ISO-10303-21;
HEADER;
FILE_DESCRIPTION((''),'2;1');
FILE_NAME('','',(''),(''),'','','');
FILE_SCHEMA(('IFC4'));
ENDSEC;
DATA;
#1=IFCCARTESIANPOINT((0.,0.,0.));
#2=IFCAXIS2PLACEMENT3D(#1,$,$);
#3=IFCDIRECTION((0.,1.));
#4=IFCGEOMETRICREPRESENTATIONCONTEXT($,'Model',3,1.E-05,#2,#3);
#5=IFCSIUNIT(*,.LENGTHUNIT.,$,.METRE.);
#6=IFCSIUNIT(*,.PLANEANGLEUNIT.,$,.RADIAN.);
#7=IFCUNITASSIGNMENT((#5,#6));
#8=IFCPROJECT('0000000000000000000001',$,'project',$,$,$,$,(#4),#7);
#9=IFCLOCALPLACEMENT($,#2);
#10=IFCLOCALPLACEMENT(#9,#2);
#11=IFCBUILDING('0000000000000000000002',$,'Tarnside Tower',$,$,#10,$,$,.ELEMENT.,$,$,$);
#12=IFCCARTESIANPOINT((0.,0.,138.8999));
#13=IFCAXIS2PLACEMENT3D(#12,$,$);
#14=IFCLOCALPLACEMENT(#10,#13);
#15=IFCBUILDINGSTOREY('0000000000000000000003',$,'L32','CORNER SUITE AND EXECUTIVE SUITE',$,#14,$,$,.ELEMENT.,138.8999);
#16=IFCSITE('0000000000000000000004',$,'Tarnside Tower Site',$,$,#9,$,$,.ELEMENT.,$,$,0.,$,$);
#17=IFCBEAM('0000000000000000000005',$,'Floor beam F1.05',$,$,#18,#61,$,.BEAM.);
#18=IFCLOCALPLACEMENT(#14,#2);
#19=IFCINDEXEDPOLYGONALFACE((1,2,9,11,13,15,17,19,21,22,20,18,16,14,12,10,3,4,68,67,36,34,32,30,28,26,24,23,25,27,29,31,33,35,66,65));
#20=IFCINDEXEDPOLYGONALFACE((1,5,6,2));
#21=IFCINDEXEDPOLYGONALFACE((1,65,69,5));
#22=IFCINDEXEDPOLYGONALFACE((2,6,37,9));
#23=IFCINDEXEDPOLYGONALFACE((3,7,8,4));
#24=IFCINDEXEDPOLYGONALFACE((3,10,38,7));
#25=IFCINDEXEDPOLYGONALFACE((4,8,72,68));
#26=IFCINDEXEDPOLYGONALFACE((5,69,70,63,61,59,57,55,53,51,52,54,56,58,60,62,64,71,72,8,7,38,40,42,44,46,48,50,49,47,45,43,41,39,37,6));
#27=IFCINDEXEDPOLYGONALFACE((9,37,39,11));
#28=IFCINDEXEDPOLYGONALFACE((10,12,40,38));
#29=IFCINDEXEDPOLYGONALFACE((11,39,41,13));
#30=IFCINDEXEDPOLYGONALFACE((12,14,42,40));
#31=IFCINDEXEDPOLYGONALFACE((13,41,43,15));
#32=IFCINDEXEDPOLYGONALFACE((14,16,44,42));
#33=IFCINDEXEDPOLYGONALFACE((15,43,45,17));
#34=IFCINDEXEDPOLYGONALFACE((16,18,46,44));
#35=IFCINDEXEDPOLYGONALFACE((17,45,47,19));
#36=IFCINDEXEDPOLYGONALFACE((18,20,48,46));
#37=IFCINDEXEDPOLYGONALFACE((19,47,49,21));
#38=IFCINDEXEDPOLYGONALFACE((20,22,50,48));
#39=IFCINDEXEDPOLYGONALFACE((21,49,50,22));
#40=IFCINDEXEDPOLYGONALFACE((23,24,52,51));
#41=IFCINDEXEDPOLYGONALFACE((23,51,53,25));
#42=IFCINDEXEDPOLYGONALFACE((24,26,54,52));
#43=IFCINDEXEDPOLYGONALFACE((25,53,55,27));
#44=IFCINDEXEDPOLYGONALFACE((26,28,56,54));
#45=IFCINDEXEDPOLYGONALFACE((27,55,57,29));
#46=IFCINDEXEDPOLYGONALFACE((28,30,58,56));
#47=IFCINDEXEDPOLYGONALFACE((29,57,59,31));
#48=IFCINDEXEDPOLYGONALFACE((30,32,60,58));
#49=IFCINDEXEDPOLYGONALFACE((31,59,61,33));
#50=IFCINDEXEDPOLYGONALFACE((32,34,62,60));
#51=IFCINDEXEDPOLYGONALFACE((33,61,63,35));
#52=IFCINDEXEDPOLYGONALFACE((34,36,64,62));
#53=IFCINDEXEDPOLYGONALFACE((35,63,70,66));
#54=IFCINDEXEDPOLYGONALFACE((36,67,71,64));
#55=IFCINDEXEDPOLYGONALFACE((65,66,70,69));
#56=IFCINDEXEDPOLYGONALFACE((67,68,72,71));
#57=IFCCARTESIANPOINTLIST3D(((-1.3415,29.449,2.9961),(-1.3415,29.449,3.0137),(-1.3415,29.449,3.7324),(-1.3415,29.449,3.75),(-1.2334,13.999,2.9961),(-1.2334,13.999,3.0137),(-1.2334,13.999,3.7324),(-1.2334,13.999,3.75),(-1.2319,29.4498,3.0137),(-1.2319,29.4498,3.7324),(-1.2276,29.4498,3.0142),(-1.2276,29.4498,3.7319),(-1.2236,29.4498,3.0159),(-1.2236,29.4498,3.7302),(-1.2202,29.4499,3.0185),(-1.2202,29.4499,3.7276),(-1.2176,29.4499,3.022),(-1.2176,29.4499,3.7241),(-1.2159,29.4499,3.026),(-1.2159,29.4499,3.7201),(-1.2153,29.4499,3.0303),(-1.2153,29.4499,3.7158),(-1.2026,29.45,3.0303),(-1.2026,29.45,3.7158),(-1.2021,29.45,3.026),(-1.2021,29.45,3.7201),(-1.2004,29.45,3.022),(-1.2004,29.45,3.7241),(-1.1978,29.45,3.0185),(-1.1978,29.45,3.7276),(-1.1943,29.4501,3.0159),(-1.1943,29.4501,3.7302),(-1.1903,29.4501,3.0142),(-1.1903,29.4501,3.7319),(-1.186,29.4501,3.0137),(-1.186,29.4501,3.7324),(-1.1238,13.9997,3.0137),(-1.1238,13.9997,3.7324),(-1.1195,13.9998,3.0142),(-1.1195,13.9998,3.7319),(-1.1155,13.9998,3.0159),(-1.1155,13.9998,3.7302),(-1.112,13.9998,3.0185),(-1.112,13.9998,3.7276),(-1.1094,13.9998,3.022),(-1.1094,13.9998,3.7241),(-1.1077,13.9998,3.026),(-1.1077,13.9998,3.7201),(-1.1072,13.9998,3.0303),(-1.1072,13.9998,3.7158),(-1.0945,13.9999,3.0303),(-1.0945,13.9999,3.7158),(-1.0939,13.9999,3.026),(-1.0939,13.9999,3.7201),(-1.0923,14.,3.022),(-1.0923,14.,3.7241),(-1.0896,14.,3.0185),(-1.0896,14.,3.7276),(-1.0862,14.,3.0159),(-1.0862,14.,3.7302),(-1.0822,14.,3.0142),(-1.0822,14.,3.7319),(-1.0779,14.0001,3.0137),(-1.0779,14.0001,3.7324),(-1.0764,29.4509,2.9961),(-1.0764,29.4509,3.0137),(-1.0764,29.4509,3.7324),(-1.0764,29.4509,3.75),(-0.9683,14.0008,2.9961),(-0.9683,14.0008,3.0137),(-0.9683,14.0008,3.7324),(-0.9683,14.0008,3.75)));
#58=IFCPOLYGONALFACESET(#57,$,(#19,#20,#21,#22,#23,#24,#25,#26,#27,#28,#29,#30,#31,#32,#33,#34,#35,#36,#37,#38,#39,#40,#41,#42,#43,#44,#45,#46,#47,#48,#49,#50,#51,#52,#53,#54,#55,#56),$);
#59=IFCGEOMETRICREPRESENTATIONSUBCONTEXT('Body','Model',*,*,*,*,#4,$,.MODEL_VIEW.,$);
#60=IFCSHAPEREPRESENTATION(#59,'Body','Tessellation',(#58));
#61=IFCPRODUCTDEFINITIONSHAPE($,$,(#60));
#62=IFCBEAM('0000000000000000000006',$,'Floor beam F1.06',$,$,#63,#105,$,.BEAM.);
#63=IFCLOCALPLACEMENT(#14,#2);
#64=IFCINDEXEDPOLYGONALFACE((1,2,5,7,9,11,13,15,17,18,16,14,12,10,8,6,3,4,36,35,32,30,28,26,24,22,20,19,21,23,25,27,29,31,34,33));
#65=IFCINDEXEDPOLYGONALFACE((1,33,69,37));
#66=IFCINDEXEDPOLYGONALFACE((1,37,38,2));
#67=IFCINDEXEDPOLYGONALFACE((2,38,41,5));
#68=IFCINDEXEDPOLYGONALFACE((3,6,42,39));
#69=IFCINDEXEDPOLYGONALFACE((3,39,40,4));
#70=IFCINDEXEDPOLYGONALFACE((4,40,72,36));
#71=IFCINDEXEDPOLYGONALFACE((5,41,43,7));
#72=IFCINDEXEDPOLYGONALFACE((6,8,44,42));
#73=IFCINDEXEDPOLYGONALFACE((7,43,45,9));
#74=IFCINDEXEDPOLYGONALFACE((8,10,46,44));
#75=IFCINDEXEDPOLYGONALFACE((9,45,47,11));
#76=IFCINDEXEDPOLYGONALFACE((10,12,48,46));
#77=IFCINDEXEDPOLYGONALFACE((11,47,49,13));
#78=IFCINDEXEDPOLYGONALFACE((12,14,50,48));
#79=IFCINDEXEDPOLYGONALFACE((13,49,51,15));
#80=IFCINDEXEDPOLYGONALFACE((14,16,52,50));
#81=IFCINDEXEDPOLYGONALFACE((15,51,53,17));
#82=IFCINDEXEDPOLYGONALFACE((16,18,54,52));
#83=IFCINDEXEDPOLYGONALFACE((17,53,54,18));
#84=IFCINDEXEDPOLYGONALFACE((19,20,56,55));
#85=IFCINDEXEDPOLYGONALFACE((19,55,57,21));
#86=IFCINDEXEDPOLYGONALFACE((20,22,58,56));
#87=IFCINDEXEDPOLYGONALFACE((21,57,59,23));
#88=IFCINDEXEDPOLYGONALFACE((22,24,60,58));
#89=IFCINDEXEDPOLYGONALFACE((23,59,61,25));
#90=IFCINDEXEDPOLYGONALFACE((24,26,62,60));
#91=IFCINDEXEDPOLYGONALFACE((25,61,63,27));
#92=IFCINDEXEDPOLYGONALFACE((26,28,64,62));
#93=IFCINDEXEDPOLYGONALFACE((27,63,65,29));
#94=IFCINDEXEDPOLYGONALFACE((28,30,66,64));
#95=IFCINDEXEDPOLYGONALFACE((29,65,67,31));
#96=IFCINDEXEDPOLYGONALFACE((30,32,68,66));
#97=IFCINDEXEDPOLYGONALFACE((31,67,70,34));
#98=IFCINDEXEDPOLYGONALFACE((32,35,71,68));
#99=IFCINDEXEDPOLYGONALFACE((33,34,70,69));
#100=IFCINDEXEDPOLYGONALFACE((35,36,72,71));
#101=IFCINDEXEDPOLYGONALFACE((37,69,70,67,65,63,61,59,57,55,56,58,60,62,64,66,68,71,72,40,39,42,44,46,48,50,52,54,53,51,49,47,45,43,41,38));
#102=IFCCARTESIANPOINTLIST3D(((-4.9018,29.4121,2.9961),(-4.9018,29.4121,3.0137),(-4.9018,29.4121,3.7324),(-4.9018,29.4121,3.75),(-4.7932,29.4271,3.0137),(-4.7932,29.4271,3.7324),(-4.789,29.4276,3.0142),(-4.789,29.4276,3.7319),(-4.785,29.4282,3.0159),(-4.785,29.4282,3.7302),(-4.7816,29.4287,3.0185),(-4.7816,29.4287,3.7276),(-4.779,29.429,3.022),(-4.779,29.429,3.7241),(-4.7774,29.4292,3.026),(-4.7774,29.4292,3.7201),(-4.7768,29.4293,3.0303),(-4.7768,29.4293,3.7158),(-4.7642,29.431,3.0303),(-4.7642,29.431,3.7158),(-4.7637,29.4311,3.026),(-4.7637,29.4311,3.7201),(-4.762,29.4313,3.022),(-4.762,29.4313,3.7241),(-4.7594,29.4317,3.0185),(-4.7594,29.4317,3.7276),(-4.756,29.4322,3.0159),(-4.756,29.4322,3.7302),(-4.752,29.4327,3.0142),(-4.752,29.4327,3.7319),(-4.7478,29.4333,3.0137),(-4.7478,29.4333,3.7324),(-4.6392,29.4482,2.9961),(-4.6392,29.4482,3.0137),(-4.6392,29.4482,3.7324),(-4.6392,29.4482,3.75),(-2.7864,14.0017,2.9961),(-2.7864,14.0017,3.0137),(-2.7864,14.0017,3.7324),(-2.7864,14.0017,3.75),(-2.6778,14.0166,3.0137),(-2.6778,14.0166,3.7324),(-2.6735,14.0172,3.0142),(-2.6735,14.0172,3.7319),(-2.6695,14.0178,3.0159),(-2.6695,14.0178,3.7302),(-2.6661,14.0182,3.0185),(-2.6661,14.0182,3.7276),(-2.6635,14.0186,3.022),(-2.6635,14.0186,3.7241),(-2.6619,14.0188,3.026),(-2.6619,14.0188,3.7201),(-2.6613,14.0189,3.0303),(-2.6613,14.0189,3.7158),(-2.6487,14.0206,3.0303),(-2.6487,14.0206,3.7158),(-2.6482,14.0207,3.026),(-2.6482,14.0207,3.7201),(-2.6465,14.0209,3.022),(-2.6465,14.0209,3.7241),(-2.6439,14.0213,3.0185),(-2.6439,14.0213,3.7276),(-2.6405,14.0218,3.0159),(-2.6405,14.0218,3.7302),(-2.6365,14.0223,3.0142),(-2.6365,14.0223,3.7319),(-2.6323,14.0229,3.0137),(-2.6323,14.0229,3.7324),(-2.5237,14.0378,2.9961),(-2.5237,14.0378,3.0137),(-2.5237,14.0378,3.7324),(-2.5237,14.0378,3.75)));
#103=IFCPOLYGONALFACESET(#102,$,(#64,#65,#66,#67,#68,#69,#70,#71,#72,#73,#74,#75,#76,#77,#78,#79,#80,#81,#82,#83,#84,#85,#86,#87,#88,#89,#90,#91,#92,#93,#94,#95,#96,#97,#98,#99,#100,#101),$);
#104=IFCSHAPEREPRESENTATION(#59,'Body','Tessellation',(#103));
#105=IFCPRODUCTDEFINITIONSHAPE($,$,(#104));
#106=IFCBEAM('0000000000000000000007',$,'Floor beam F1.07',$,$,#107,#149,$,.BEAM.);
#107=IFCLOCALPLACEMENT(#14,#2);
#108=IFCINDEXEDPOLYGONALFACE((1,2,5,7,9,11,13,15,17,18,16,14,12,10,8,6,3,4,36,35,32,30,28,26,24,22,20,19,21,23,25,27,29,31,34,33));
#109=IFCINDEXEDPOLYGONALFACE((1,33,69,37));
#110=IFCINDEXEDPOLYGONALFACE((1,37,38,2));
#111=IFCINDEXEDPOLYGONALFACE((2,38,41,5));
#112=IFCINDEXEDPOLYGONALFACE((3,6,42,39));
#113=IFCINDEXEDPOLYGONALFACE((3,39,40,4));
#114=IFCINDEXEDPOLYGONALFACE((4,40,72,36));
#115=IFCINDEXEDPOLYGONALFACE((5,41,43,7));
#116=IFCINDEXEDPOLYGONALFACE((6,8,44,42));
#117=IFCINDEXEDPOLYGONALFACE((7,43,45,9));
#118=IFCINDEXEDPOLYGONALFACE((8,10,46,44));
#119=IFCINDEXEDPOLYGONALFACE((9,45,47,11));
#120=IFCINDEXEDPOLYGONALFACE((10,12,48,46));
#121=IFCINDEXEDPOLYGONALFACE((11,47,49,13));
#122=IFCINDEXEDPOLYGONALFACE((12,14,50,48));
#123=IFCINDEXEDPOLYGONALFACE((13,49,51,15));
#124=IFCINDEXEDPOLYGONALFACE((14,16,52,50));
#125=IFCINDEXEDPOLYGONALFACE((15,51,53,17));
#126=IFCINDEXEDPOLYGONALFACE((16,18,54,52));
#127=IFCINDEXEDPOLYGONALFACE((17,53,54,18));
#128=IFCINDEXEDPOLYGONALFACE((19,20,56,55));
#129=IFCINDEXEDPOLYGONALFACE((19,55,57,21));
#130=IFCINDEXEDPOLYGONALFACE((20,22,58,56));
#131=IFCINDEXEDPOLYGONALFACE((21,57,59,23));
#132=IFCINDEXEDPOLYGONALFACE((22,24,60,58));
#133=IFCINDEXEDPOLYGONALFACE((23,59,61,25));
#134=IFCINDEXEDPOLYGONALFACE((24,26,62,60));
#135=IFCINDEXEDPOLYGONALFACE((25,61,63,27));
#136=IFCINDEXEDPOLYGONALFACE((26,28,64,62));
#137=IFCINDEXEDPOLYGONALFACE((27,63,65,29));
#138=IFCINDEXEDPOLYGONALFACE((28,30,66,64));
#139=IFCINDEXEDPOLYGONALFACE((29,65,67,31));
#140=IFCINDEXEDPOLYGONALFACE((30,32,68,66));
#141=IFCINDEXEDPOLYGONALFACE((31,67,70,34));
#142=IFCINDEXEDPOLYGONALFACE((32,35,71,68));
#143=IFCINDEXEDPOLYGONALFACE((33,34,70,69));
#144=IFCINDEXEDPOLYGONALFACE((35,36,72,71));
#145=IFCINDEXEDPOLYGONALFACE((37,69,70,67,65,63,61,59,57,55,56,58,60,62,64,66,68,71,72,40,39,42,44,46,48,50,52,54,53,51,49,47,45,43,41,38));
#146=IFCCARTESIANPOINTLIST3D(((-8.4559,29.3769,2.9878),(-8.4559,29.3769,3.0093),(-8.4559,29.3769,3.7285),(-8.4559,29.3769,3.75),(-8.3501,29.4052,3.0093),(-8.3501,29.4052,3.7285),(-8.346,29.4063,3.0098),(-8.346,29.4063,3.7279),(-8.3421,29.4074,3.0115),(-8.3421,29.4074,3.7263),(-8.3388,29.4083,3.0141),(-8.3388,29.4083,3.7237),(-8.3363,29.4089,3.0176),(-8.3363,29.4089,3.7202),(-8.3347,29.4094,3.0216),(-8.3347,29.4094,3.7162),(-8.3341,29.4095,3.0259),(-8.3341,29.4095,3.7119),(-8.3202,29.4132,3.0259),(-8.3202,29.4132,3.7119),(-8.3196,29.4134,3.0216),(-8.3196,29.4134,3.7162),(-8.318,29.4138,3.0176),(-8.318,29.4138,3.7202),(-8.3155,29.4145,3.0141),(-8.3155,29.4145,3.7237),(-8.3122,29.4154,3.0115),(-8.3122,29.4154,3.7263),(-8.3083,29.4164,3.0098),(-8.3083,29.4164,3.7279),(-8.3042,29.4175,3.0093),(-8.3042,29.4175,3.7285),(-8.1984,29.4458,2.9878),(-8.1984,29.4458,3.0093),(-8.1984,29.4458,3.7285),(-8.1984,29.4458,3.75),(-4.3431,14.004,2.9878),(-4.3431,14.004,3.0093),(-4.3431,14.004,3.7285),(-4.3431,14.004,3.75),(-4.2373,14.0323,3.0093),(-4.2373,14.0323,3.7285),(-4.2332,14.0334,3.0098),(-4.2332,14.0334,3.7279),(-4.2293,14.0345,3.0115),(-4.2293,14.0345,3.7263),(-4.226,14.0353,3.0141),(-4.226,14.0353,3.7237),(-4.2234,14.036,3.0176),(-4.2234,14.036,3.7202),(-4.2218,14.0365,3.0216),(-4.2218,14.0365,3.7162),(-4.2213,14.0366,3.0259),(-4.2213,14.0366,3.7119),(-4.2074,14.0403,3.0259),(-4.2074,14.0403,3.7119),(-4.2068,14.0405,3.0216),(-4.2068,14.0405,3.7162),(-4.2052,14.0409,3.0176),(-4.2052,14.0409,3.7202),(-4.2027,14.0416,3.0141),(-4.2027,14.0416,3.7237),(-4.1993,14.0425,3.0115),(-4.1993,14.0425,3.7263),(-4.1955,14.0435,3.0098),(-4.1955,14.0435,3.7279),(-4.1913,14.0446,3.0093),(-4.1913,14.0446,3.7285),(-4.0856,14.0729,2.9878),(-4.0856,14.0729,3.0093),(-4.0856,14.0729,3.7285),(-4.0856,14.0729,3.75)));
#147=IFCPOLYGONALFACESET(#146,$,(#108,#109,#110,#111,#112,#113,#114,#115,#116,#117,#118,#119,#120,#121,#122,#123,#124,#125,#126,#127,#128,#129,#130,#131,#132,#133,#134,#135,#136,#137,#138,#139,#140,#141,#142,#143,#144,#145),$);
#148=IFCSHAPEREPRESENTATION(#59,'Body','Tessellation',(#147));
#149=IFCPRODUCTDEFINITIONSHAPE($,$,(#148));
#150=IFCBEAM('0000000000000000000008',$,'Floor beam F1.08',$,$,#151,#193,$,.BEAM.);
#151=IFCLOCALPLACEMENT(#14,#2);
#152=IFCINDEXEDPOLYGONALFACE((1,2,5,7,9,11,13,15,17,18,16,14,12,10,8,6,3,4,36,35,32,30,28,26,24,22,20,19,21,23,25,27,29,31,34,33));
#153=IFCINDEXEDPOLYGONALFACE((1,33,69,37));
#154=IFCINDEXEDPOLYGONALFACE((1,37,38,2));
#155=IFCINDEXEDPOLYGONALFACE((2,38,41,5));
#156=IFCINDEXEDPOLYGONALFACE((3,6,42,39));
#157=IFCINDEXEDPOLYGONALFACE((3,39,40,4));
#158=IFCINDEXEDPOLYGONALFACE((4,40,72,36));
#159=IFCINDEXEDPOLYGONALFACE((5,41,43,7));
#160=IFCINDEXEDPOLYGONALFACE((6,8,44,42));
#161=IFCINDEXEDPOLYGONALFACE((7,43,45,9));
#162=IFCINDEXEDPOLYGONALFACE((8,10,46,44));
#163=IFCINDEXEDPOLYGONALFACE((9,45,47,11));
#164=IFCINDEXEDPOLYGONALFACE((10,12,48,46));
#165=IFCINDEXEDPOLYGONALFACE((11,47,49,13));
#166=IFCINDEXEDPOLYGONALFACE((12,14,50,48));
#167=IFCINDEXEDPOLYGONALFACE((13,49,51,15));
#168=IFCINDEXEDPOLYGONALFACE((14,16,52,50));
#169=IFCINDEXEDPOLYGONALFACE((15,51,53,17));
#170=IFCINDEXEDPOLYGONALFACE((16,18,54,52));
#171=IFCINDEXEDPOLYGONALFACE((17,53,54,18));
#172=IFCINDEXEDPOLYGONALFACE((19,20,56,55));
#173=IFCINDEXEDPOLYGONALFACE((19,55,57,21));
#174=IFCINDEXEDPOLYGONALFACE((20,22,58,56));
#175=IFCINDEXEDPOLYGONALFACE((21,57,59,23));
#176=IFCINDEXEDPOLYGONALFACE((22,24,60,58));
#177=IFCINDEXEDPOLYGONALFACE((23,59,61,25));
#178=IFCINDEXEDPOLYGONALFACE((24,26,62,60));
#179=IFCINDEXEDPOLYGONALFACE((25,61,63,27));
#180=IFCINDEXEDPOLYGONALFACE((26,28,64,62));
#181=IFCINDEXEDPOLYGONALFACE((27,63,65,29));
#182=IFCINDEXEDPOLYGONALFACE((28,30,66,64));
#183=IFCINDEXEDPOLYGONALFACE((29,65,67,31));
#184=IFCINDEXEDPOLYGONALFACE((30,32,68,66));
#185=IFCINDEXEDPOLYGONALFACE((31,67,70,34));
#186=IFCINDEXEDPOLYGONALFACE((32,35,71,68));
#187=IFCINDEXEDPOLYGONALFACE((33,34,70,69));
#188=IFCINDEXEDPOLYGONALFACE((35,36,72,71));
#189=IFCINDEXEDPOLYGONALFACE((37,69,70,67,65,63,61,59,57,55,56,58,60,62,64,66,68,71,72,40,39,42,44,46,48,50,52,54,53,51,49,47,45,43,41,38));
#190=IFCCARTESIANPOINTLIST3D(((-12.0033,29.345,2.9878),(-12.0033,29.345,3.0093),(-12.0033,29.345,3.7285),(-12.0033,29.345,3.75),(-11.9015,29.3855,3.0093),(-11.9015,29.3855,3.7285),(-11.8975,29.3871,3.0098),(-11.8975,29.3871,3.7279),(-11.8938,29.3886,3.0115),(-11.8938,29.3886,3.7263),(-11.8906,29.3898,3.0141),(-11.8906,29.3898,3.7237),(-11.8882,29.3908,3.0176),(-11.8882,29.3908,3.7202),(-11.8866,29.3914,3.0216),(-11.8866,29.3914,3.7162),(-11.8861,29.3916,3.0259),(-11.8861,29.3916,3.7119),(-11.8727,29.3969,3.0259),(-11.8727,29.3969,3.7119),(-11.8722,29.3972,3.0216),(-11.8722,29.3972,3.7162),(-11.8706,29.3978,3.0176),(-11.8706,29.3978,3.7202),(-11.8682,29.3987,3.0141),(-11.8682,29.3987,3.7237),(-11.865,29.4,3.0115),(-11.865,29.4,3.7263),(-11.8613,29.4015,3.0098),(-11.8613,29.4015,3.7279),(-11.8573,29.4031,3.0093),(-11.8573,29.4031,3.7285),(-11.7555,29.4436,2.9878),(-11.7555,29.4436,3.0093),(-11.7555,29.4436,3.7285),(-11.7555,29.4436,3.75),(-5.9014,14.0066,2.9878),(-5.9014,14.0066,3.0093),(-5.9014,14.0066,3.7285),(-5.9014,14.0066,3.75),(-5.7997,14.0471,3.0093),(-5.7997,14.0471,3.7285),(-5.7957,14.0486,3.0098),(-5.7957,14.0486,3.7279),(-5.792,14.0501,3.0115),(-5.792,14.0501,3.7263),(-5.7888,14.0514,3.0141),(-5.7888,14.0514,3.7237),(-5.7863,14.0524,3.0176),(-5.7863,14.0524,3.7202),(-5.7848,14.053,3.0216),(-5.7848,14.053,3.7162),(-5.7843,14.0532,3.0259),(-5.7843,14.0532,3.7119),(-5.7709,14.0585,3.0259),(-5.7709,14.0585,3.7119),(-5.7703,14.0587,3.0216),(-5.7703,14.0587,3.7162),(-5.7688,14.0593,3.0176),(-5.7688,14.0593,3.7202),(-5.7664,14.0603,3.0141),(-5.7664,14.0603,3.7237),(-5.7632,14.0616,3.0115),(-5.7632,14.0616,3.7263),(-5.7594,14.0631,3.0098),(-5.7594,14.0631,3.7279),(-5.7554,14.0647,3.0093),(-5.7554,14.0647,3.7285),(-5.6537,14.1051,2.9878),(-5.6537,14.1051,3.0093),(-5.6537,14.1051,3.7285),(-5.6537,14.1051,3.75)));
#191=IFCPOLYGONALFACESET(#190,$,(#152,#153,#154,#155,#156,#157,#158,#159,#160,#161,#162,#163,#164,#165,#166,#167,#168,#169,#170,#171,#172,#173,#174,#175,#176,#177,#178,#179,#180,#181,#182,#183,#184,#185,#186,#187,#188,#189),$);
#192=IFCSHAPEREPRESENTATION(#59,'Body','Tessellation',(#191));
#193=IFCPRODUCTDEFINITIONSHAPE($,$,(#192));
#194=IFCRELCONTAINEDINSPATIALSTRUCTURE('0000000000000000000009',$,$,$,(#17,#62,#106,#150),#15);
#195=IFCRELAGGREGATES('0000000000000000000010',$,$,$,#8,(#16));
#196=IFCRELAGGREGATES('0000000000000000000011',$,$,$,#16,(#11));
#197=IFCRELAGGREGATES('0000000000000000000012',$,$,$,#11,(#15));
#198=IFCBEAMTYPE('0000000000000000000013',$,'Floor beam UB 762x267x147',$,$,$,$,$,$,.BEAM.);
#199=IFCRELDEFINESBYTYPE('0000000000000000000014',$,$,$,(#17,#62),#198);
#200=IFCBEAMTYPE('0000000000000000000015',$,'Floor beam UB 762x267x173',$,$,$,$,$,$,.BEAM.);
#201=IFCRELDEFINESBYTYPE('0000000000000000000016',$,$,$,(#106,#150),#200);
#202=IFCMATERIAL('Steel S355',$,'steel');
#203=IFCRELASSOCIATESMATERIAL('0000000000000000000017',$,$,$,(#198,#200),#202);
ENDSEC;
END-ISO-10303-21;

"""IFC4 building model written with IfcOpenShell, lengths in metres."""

from ifc_helpers import new_model, si_unit, direction, frame, origin, origin_2d, place, context, subcontext, project, spatial, i_section, extrude, material, material_profile, profile_set, type_object, element, save


model = new_model("IFC4")

# Units and contexts
model_context = context("Model", 3, precision=1e-05, world=origin(), true_north=direction((0.0, 1.0)))
body_context = subcontext(model_context, "Body", "Model", "MODEL_VIEW")
ifc_project = project(units=[si_unit("LENGTHUNIT", "METRE"), si_unit("PLANEANGLEUNIT", "RADIAN")], contexts=[model_context])

# Site, building, storey
site_placement = place(None, origin())
site = spatial("IfcSite", under=ifc_project, at=site_placement, Name="Tarnside Tower Site", CompositionType="ELEMENT", RefElevation=0.0)
building_placement = place(site_placement, origin())
building = spatial("IfcBuilding", under=site, at=building_placement, Name="Tarnside Tower", CompositionType="ELEMENT")
storey_placement = place(building_placement, frame((0.0, 0.0, 138.8999)))
storey = spatial("IfcBuildingStorey", under=building, at=storey_placement, Name="L32", Description="CORNER SUITE AND EXECUTIVE SUITE", CompositionType="ELEMENT", Elevation=138.8999)

# Beams
ifc_material_1 = material(Name="Steel S355", Category="steel")
ifc_material_profile_1 = material_profile(ifc_material_1, i_section(OverallWidth=0.2651, OverallDepth=0.7539, WebThickness=0.0127, FlangeThickness=0.0176, FilletRadius=0.0166, at=origin_2d()), Name="UB 762x267x147")
ifc_profile_set_1 = profile_set([ifc_material_profile_1], Name="Steel S355")
beam_type_1 = type_object("IfcBeamType", Name="Floor beam UB 762x267x147", PredefinedType="BEAM", material=ifc_profile_set_1)
beam_1_placement = place(storey_placement, frame((-1.209, 29.45, 3.373), z_axis=(0.007, -0.999975, 0.0), x_axis=(0.999975, 0.007, 0.0)))
element("IfcBeam", 1, at=beam_1_placement, inside=storey, type_object=beam_type_1, Name="Floor beam F1.05", PredefinedType="BEAM", context=body_context, shape_type="SweptSolid", body=[
    extrude(i_section(OverallWidth=0.2651, OverallDepth=0.7539, WebThickness=0.0127, FlangeThickness=0.0176, FilletRadius=0.0166, at=origin_2d()), origin(), (0.0, 0.0, 1.0), 15.4504),
])
beam_2_placement = place(storey_placement, frame((-4.7705, 29.4302, 3.373), z_axis=(0.136001, -0.990709, 0.0), x_axis=(0.990709, 0.136001, 0.0)))
element("IfcBeam", 2, at=beam_2_placement, inside=storey, type_object=beam_type_1, Name="Floor beam F1.06", PredefinedType="BEAM", context=body_context, shape_type="SweptSolid", body=[
    extrude(i_section(OverallWidth=0.2651, OverallDepth=0.7539, WebThickness=0.0127, FlangeThickness=0.0176, FilletRadius=0.0166, at=origin_2d()), origin(), (0.0, 0.0, 1.0), 15.5549),
])
ifc_material_profile_2 = material_profile(ifc_material_1, i_section(OverallWidth=0.2666, OverallDepth=0.7622, WebThickness=0.0144, FlangeThickness=0.0215, FilletRadius=0.0166, at=origin_2d()), Name="UB 762x267x173")
ifc_profile_set_2 = profile_set([ifc_material_profile_2], Name="Steel S355")
beam_type_2 = type_object("IfcBeamType", Name="Floor beam UB 762x267x173", PredefinedType="BEAM", material=ifc_profile_set_2)
beam_3_placement = place(storey_placement, frame((-8.3271, 29.4114, 3.3689), z_axis=(0.258447, -0.966025, 0.0), x_axis=(0.966025, 0.258447, 0.0)))
element("IfcBeam", 3, at=beam_3_placement, inside=storey, type_object=beam_type_2, Name="Floor beam F1.07", PredefinedType="BEAM", context=body_context, shape_type="SweptSolid", body=[
    extrude(i_section(OverallWidth=0.2666, OverallDepth=0.7622, WebThickness=0.0144, FlangeThickness=0.0215, FilletRadius=0.0166, at=origin_2d()), origin(), (0.0, 0.0, 1.0), 15.9136),
])
beam_4_placement = place(storey_placement, frame((-11.8794, 29.3943, 3.3689), z_axis=(0.369638, -0.929176, 0.0), x_axis=(0.929176, 0.369638, 0.0)))
element("IfcBeam", 4, at=beam_4_placement, inside=storey, type_object=beam_type_2, Name="Floor beam F1.08", PredefinedType="BEAM", context=body_context, shape_type="SweptSolid", body=[
    extrude(i_section(OverallWidth=0.2666, OverallDepth=0.7622, WebThickness=0.0144, FlangeThickness=0.0215, FilletRadius=0.0166, at=origin_2d()), origin(), (0.0, 0.0, 1.0), 16.5076),
])

save(model, "model.ifc")
